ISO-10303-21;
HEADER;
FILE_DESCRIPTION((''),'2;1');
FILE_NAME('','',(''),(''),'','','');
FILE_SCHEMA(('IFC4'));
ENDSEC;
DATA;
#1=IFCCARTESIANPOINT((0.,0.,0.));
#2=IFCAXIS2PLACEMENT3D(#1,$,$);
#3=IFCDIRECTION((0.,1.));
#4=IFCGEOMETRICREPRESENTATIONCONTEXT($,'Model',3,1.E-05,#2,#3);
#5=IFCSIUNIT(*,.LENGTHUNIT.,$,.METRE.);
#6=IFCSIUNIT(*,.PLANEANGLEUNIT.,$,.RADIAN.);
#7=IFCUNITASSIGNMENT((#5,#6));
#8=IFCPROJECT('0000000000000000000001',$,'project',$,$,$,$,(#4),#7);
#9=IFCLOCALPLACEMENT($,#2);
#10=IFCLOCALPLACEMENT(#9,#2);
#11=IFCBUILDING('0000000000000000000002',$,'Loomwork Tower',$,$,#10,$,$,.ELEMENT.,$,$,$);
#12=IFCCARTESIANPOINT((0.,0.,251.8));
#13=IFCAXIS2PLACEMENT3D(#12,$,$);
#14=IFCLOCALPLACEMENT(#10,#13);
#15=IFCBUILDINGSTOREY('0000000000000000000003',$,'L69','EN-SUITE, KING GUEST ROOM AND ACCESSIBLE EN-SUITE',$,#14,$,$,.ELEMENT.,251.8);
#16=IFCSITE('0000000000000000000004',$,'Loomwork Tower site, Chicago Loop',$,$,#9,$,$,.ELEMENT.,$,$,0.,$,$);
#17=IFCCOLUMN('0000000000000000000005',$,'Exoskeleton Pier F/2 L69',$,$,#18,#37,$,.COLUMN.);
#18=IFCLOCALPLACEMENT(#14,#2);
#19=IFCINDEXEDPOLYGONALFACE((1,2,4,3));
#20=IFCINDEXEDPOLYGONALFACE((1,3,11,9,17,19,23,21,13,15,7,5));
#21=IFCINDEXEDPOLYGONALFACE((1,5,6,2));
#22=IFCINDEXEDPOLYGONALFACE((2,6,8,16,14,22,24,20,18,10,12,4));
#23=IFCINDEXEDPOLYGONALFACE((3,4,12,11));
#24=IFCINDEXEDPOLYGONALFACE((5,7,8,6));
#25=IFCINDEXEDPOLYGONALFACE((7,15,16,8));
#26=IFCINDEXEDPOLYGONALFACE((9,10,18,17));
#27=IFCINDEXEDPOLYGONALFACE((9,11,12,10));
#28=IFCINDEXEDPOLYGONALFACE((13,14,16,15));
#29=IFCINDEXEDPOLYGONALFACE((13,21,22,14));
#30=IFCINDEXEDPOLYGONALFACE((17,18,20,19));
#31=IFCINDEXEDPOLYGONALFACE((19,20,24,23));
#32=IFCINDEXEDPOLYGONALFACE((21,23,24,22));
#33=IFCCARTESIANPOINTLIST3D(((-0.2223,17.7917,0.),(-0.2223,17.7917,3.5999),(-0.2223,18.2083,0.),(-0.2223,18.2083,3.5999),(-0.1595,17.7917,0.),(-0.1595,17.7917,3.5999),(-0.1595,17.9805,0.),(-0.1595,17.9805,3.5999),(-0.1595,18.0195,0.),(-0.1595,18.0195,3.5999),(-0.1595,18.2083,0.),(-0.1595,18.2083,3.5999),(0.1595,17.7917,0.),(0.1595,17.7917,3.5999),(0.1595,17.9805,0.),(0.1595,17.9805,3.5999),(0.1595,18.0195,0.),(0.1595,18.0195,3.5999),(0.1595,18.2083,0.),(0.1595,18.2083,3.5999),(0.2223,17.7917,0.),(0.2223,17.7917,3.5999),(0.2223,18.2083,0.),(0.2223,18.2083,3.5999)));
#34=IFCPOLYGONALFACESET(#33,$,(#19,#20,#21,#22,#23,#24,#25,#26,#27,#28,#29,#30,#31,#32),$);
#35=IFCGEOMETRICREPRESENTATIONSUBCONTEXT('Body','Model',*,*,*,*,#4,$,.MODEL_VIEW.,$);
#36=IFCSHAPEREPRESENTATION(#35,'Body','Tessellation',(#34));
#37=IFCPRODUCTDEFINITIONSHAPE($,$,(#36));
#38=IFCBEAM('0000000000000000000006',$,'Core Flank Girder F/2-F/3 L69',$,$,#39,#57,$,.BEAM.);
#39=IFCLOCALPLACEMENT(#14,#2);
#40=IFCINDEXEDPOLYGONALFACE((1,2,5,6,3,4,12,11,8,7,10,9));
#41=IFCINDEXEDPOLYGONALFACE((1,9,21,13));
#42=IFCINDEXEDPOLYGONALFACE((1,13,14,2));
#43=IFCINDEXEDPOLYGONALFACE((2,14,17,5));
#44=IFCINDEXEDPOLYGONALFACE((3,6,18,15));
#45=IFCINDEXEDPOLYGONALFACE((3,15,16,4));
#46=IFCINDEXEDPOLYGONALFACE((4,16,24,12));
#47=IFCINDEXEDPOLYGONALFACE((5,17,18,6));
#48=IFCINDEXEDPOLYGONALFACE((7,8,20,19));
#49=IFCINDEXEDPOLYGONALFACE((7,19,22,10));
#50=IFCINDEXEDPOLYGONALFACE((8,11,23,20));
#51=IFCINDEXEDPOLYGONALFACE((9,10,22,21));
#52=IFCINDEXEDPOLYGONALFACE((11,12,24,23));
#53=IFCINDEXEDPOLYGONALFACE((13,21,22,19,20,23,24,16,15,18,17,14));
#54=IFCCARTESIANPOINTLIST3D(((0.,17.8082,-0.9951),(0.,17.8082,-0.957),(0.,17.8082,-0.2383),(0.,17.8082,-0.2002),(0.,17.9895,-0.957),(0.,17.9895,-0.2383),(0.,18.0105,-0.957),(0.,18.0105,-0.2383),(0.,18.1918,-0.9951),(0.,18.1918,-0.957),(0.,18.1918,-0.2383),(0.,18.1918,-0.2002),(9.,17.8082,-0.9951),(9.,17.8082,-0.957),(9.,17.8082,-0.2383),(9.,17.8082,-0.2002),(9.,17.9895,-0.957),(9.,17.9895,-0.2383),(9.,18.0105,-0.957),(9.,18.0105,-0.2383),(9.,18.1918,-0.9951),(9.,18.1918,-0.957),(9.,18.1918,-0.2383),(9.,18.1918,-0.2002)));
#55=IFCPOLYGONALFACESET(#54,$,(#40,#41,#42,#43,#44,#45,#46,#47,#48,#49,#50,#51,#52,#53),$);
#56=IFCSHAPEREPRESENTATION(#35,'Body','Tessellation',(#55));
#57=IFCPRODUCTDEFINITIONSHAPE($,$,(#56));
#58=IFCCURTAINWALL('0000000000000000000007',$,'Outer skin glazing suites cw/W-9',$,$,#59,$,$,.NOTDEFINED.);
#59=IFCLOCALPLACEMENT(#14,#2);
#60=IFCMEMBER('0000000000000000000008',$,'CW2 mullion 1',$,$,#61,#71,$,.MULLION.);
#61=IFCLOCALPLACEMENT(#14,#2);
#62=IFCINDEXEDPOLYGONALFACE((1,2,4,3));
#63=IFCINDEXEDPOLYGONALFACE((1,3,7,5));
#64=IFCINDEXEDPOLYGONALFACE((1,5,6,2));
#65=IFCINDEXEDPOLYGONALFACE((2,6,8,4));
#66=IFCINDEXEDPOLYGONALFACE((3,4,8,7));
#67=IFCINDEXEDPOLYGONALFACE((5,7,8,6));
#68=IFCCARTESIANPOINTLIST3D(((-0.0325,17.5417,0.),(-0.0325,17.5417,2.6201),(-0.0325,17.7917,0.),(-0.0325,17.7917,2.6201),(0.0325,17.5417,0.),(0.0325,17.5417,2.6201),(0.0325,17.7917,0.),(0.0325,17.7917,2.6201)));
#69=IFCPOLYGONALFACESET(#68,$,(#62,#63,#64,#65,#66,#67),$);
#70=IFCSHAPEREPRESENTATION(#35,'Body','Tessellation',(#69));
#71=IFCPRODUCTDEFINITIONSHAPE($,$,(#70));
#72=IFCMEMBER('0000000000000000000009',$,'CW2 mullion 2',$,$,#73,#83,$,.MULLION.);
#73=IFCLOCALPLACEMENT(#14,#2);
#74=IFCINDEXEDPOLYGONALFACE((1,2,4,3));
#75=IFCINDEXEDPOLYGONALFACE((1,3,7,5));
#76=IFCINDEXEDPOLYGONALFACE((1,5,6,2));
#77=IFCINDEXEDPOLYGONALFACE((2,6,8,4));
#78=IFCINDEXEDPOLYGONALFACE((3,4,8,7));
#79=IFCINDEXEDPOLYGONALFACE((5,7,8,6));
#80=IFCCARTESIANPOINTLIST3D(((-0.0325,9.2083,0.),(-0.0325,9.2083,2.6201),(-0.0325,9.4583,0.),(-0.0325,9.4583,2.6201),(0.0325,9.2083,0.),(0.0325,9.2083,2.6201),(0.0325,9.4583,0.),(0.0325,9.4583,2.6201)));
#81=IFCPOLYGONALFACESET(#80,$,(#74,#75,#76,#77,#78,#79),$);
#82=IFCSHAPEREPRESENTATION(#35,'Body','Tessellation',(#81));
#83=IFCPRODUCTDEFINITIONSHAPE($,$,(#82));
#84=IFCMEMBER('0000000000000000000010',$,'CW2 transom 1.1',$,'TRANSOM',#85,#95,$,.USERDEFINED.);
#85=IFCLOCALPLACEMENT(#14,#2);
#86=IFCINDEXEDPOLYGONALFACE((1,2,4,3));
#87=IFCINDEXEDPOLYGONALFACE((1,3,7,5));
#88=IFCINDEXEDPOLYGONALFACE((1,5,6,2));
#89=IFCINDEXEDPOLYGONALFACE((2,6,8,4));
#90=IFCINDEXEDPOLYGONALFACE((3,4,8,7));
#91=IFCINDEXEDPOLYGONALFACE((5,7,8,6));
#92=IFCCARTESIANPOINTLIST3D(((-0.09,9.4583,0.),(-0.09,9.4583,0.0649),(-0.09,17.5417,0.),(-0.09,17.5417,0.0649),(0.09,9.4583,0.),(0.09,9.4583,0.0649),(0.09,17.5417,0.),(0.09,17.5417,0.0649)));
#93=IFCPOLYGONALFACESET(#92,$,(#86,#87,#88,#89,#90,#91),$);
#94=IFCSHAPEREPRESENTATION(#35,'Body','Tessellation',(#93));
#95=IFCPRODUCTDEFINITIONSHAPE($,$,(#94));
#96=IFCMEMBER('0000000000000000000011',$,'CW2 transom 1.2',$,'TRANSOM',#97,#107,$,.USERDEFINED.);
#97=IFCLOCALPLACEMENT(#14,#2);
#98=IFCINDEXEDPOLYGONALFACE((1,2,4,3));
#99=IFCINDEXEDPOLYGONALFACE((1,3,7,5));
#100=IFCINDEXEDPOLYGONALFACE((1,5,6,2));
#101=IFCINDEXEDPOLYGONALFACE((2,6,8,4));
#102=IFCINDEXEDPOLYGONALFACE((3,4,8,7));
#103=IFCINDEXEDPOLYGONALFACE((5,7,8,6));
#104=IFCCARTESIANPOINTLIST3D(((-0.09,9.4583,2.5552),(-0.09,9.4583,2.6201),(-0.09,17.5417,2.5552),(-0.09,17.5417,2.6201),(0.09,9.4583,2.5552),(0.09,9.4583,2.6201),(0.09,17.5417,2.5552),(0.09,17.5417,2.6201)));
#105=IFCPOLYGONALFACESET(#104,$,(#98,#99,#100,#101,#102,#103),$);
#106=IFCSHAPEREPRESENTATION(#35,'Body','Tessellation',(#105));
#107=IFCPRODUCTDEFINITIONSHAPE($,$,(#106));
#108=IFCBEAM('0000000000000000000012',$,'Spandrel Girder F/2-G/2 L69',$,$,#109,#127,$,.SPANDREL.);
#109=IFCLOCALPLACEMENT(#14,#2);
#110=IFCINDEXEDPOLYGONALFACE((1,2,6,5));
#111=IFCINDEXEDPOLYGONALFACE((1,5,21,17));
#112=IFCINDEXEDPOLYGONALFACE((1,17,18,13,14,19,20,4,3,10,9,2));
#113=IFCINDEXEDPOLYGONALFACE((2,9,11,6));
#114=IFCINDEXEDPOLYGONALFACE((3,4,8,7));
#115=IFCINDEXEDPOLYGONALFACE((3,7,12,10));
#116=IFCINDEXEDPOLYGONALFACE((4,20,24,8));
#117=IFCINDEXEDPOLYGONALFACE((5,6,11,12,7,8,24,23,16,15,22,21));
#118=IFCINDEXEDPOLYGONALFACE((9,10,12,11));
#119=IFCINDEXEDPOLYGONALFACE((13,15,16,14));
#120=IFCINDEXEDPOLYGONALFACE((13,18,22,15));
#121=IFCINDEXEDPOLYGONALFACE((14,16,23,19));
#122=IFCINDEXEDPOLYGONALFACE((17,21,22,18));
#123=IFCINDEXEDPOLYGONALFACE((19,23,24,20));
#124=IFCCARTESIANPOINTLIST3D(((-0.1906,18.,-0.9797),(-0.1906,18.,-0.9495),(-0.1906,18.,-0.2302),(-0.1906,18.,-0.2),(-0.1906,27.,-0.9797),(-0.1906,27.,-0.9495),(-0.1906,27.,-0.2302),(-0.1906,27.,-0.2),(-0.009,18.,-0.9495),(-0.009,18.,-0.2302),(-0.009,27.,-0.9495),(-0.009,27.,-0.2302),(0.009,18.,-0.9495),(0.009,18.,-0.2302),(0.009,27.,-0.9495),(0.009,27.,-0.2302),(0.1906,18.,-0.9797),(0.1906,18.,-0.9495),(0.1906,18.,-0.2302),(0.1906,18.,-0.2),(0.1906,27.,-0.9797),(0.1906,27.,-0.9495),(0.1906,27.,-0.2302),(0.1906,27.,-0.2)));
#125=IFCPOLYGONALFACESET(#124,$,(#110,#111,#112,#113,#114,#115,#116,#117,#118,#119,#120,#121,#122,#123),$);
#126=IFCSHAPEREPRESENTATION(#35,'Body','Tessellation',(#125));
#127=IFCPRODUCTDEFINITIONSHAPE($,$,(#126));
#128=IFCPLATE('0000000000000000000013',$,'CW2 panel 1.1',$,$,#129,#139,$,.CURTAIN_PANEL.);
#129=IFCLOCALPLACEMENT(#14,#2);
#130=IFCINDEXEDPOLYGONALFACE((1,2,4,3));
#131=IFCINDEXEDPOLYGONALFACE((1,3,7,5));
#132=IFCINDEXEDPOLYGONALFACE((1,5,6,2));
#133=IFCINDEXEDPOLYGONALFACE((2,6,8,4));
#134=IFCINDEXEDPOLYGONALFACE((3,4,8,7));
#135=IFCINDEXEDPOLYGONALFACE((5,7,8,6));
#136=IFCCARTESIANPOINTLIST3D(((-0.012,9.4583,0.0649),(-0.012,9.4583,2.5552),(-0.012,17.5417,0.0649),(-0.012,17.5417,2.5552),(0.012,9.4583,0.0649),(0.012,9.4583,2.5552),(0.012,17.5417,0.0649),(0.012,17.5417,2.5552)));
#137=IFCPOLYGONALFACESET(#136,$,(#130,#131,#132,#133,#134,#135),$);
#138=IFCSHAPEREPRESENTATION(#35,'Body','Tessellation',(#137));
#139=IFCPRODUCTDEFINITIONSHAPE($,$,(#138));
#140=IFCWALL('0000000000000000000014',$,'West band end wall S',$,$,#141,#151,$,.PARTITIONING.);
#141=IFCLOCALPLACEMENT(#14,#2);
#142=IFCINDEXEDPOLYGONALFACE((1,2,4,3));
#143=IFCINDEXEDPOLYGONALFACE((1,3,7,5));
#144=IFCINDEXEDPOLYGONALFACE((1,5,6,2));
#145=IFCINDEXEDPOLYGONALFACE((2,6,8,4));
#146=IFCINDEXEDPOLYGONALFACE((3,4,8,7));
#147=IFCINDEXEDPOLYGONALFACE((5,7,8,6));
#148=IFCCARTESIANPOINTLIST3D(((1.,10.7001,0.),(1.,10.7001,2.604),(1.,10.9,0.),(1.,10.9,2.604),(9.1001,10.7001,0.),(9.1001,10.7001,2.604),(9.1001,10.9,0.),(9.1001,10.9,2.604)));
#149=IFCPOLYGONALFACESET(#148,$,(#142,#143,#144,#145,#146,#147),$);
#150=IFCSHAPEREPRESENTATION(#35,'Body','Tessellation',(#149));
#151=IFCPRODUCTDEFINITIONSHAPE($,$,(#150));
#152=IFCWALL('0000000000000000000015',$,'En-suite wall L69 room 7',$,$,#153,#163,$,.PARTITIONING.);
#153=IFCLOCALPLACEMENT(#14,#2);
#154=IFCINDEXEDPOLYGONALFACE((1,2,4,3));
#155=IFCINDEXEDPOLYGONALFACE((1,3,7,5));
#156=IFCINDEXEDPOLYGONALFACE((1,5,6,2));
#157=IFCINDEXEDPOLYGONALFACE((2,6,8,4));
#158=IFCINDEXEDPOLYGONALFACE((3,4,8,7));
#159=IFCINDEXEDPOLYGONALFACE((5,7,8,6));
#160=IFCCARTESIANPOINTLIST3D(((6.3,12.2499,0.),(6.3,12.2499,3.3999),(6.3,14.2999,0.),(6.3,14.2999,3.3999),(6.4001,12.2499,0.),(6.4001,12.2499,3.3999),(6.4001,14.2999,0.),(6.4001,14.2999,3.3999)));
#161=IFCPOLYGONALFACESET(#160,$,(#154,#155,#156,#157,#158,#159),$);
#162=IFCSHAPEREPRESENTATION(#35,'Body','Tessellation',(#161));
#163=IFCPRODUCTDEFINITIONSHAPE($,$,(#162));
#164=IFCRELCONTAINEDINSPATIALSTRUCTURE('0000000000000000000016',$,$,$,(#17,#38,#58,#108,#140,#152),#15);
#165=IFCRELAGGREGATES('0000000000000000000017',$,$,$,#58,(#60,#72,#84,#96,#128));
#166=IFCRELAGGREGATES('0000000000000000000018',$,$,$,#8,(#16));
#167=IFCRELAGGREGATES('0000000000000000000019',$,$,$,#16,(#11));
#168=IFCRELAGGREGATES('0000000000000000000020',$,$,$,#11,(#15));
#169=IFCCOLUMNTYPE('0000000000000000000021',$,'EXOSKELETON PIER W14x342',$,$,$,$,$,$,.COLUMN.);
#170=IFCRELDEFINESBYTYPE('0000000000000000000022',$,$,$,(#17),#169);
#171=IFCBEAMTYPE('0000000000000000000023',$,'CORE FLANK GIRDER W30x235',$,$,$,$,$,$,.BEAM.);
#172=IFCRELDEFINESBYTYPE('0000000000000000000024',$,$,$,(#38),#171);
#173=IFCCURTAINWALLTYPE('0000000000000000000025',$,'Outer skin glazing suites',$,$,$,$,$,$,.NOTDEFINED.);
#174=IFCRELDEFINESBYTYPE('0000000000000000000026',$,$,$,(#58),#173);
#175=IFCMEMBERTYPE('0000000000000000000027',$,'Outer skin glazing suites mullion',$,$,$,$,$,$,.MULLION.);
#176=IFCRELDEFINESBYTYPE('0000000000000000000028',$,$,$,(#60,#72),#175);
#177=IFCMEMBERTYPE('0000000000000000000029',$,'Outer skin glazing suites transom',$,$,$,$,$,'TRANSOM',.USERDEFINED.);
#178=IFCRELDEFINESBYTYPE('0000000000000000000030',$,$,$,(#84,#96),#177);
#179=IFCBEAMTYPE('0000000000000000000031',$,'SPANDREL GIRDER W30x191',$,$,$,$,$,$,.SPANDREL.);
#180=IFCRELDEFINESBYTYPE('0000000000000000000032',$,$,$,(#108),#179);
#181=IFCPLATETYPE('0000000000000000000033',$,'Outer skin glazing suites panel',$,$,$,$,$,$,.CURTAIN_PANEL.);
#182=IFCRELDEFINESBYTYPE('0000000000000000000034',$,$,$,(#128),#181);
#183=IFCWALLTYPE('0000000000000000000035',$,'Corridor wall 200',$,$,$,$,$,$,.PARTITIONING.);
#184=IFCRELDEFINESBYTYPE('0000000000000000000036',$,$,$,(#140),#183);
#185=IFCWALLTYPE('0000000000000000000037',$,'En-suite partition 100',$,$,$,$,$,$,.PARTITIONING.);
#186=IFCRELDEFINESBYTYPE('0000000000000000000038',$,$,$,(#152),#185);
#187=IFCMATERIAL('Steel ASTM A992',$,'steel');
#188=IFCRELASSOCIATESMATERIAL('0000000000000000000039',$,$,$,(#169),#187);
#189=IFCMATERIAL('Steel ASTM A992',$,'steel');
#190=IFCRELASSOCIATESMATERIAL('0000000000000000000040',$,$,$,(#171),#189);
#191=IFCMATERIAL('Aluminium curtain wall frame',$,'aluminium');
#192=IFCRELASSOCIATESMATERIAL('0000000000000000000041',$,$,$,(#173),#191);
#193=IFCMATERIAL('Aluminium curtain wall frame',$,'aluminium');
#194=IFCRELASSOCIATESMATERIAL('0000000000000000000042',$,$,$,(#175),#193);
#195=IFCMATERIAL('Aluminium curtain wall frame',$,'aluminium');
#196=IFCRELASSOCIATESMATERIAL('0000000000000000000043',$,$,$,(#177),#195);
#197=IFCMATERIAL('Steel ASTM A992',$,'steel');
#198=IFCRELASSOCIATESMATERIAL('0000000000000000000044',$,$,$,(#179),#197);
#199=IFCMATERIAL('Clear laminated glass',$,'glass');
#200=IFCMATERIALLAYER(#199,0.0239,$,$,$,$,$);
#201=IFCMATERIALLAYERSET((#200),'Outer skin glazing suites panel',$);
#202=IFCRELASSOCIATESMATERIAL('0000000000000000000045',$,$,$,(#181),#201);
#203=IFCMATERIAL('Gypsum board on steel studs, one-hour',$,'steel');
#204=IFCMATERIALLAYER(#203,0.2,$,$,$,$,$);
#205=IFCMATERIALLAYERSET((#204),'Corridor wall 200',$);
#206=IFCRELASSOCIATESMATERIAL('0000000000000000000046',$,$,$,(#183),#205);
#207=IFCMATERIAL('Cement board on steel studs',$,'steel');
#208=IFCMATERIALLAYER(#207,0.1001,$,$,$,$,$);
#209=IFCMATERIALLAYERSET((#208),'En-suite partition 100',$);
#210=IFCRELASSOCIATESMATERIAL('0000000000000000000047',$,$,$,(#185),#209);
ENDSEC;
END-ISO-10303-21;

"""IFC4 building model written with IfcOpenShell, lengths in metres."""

from ifc_helpers import new_model, si_unit, direction, frame, frame_2d, origin, origin_2d, place, context, subcontext, project, spatial, rectangle, i_section, extrude, material, layer, layer_set, material_profile, profile_set, type_object, element, aggregate, save


model = new_model("IFC4")

# Units and contexts
model_context = context("Model", 3, precision=1e-05, world=origin(), true_north=direction((0.0, 1.0)))
body_context = subcontext(model_context, "Body", "Model", "MODEL_VIEW")
ifc_project = project(units=[si_unit("LENGTHUNIT", "METRE"), si_unit("PLANEANGLEUNIT", "RADIAN")], contexts=[model_context])

# Site, building, storey
site_placement = place(None, origin())
site = spatial("IfcSite", under=ifc_project, at=site_placement, Name="Loomwork Tower site, Chicago Loop", CompositionType="ELEMENT", RefElevation=0.0)
building_placement = place(site_placement, origin())
building = spatial("IfcBuilding", under=site, at=building_placement, Name="Loomwork Tower", CompositionType="ELEMENT")
storey_placement = place(building_placement, frame((0.0, 0.0, 251.8)))
storey = spatial("IfcBuildingStorey", under=building, at=storey_placement, Name="L69", Description="EN-SUITE, KING GUEST ROOM AND ACCESSIBLE EN-SUITE", CompositionType="ELEMENT", Elevation=251.8)

# Column
ifc_material_1 = material(Name="Steel ASTM A992", Category="steel")
ifc_material_profile_1 = material_profile(ifc_material_1, i_section(OverallWidth=0.4165, OverallDepth=0.4446, WebThickness=0.0391, FlangeThickness=0.0627, at=origin_2d()), Name="W14x342")
ifc_profile_set_1 = profile_set([ifc_material_profile_1], Name="Steel ASTM A992")
column_type = type_object("IfcColumnType", Name="EXOSKELETON PIER W14x342", PredefinedType="COLUMN", material=ifc_profile_set_1)
column_placement = place(storey_placement, frame((0.0, 18.0, 0.0), z_axis=(0.0, 0.0, 1.0), x_axis=(0.0, 1.0, 0.0)))
element("IfcColumn", 1, at=column_placement, inside=storey, type_object=column_type, Name="Exoskeleton Pier F/2 L69", PredefinedType="COLUMN", context=body_context, shape_type="SweptSolid", body=[
    extrude(i_section(OverallWidth=0.4165, OverallDepth=0.4446, WebThickness=0.0391, FlangeThickness=0.0627, at=origin_2d()), origin(), (0.0, 0.0, 1.0), 3.5999),
])

# Beam
ifc_material_2 = material(Name="Steel ASTM A992", Category="steel")
ifc_material_profile_2 = material_profile(ifc_material_2, i_section(OverallWidth=0.3835, OverallDepth=0.7949, WebThickness=0.021, FlangeThickness=0.0381, at=origin_2d()), Name="W30x235")
ifc_profile_set_2 = profile_set([ifc_material_profile_2], Name="Steel ASTM A992")
beam_type_1 = type_object("IfcBeamType", Name="CORE FLANK GIRDER W30x235", PredefinedType="BEAM", material=ifc_profile_set_2)
beam_1_placement = place(storey_placement, frame((0.0, 18.0, -0.5977), z_axis=(1.0, 0.0, 0.0), x_axis=(0.0, 1.0, 0.0)))
element("IfcBeam", 2, at=beam_1_placement, inside=storey, type_object=beam_type_1, Name="Core Flank Girder F/2-F/3 L69", PredefinedType="BEAM", context=body_context, shape_type="SweptSolid", body=[
    extrude(i_section(OverallWidth=0.3835, OverallDepth=0.7949, WebThickness=0.021, FlangeThickness=0.0381, at=origin_2d()), origin(), (0.0, 0.0, 1.0), 9.0),
])

# Curtain wall, members
ifc_material_3 = material(Name="Aluminium curtain wall frame", Category="aluminium")
curtain_wall_type = type_object("IfcCurtainWallType", Name="Outer skin glazing suites", PredefinedType="NOTDEFINED", material=ifc_material_3)
curtain_wall_placement = place(storey_placement, origin())
curtain_wall = element("IfcCurtainWall", 3, at=curtain_wall_placement, inside=storey, type_object=curtain_wall_type, Name="Outer skin glazing suites cw/W-9", PredefinedType="NOTDEFINED")
ifc_material_4 = material(Name="Aluminium curtain wall frame", Category="aluminium")
ifc_material_profile_3 = material_profile(ifc_material_4, rectangle(XDim=0.0649, YDim=0.25, at=origin_2d()), Name="AL 65x250")
ifc_profile_set_3 = profile_set([ifc_material_profile_3], Name="Aluminium curtain wall frame")
member_type_1 = type_object("IfcMemberType", Name="Outer skin glazing suites mullion", PredefinedType="MULLION", material=ifc_profile_set_3)
member_1_placement = place(storey_placement, frame((0.0, 17.6667, 0.0), z_axis=(0.0, 0.0, 1.0), x_axis=(1.0, 0.0, 0.0)))
member_1 = element("IfcMember", 4, at=member_1_placement, type_object=member_type_1, Name="CW2 mullion 1", PredefinedType="MULLION", context=body_context, shape_type="SweptSolid", body=[
    extrude(rectangle(XDim=0.0649, YDim=0.25, at=origin_2d()), origin(), (0.0, 0.0, 1.0), 2.6201),
])
member_2_placement = place(storey_placement, frame((0.0, 9.3333, 0.0), z_axis=(0.0, 0.0, 1.0), x_axis=(1.0, 0.0, 0.0)))
member_2 = element("IfcMember", 5, at=member_2_placement, type_object=member_type_1, Name="CW2 mullion 2", PredefinedType="MULLION", context=body_context, shape_type="SweptSolid", body=[
    extrude(rectangle(XDim=0.0649, YDim=0.25, at=origin_2d()), origin(), (0.0, 0.0, 1.0), 2.6201),
])
ifc_material_5 = material(Name="Aluminium curtain wall frame", Category="aluminium")
ifc_material_profile_4 = material_profile(ifc_material_5, rectangle(XDim=0.1799, YDim=0.0649, at=origin_2d()), Name="AL 65x180")
ifc_profile_set_4 = profile_set([ifc_material_profile_4], Name="Aluminium curtain wall frame")
member_type_2 = type_object("IfcMemberType", Name="Outer skin glazing suites transom", ElementType="TRANSOM", PredefinedType="USERDEFINED", material=ifc_profile_set_4)
member_3_placement = place(storey_placement, frame((0.0, 17.5417, 0.0325), z_axis=(0.0, -1.0, 0.0), x_axis=(1.0, 0.0, 0.0)))
member_3 = element("IfcMember", 6, at=member_3_placement, type_object=member_type_2, Name="CW2 transom 1.1", ObjectType="TRANSOM", PredefinedType="USERDEFINED", context=body_context, shape_type="SweptSolid", body=[
    extrude(rectangle(XDim=0.1799, YDim=0.0649, at=origin_2d()), origin(), (0.0, 0.0, 1.0), 8.0835),
])
member_4_placement = place(storey_placement, frame((0.0, 17.5417, 2.5876), z_axis=(0.0, -1.0, 0.0), x_axis=(1.0, 0.0, 0.0)))
member_4 = element("IfcMember", 7, at=member_4_placement, type_object=member_type_2, Name="CW2 transom 1.2", ObjectType="TRANSOM", PredefinedType="USERDEFINED", context=body_context, shape_type="SweptSolid", body=[
    extrude(rectangle(XDim=0.1799, YDim=0.0649, at=origin_2d()), origin(), (0.0, 0.0, 1.0), 8.0835),
])

# Beam
ifc_material_6 = material(Name="Steel ASTM A992", Category="steel")
ifc_material_profile_5 = material_profile(ifc_material_6, i_section(OverallWidth=0.3811, OverallDepth=0.7798, WebThickness=0.0181, FlangeThickness=0.0303, at=origin_2d()), Name="W30x191")
ifc_profile_set_5 = profile_set([ifc_material_profile_5], Name="Steel ASTM A992")
beam_type_2 = type_object("IfcBeamType", Name="SPANDREL GIRDER W30x191", PredefinedType="SPANDREL", material=ifc_profile_set_5)
beam_2_placement = place(storey_placement, frame((0.0, 18.0, -0.5898), z_axis=(0.0, 1.0, 0.0), x_axis=(-1.0, 0.0, 0.0)))
element("IfcBeam", 8, at=beam_2_placement, inside=storey, type_object=beam_type_2, Name="Spandrel Girder F/2-G/2 L69", PredefinedType="SPANDREL", context=body_context, shape_type="SweptSolid", body=[
    extrude(i_section(OverallWidth=0.3811, OverallDepth=0.7798, WebThickness=0.0181, FlangeThickness=0.0303, at=origin_2d()), origin(), (0.0, 0.0, 1.0), 9.0),
])

# Plate
ifc_material_7 = material(Name="Clear laminated glass", Category="glass")
ifc_layer_1 = layer(ifc_material_7, 0.0239)
ifc_layer_set_1 = layer_set([ifc_layer_1], Name="Outer skin glazing suites panel")
plate_type = type_object("IfcPlateType", Name="Outer skin glazing suites panel", PredefinedType="CURTAIN_PANEL", material=ifc_layer_set_1)
plate_placement = place(storey_placement, frame((0.0, 13.5, 0.0649), z_axis=(0.0, 0.0, 1.0), x_axis=(0.0, -1.0, 0.0)))
plate = element("IfcPlate", 9, at=plate_placement, type_object=plate_type, Name="CW2 panel 1.1", PredefinedType="CURTAIN_PANEL", context=body_context, shape_type="SweptSolid", body=[
    extrude(rectangle(XDim=8.0835, YDim=0.0239, at=origin_2d()), origin(), (0.0, 0.0, 1.0), 2.4902),
])
aggregate(curtain_wall, [member_1, member_2, member_3, member_4, plate])

# Walls
ifc_material_8 = material(Name="Gypsum board on steel studs, one-hour", Category="steel")
ifc_layer_2 = layer(ifc_material_8, 0.2)
ifc_layer_set_2 = layer_set([ifc_layer_2], Name="Corridor wall 200")
wall_type_1 = type_object("IfcWallType", Name="Corridor wall 200", PredefinedType="PARTITIONING", material=ifc_layer_set_2)
wall_1_placement = place(storey_placement, frame((1.0, 10.8, 0.0), z_axis=(0.0, 0.0, 1.0), x_axis=(1.0, 0.0, 0.0)))
element("IfcWall", 10, at=wall_1_placement, inside=storey, type_object=wall_type_1, Name="West band end wall S", PredefinedType="PARTITIONING", context=body_context, shape_type="SweptSolid", body=[
    extrude(rectangle(XDim=8.1001, YDim=0.2, at=frame_2d((4.05, 0.0))), origin(), (0.0, 0.0, 1.0), 2.604),
])
ifc_material_9 = material(Name="Cement board on steel studs", Category="steel")
ifc_layer_3 = layer(ifc_material_9, 0.1001)
ifc_layer_set_3 = layer_set([ifc_layer_3], Name="En-suite partition 100")
wall_type_2 = type_object("IfcWallType", Name="En-suite partition 100", PredefinedType="PARTITIONING", material=ifc_layer_set_3)
wall_2_placement = place(storey_placement, frame((6.3501, 12.25, 0.0), z_axis=(0.0, 0.0, 1.0), x_axis=(0.0, 1.0, 0.0)))
element("IfcWall", 11, at=wall_2_placement, inside=storey, type_object=wall_type_2, Name="En-suite wall L69 room 7", PredefinedType="PARTITIONING", context=body_context, shape_type="SweptSolid", body=[
    extrude(rectangle(XDim=2.05, YDim=0.1001, at=frame_2d((1.0249, 0.0))), origin(), (0.0, 0.0, 1.0), 3.3999),
])

save(model, "model.ifc")
